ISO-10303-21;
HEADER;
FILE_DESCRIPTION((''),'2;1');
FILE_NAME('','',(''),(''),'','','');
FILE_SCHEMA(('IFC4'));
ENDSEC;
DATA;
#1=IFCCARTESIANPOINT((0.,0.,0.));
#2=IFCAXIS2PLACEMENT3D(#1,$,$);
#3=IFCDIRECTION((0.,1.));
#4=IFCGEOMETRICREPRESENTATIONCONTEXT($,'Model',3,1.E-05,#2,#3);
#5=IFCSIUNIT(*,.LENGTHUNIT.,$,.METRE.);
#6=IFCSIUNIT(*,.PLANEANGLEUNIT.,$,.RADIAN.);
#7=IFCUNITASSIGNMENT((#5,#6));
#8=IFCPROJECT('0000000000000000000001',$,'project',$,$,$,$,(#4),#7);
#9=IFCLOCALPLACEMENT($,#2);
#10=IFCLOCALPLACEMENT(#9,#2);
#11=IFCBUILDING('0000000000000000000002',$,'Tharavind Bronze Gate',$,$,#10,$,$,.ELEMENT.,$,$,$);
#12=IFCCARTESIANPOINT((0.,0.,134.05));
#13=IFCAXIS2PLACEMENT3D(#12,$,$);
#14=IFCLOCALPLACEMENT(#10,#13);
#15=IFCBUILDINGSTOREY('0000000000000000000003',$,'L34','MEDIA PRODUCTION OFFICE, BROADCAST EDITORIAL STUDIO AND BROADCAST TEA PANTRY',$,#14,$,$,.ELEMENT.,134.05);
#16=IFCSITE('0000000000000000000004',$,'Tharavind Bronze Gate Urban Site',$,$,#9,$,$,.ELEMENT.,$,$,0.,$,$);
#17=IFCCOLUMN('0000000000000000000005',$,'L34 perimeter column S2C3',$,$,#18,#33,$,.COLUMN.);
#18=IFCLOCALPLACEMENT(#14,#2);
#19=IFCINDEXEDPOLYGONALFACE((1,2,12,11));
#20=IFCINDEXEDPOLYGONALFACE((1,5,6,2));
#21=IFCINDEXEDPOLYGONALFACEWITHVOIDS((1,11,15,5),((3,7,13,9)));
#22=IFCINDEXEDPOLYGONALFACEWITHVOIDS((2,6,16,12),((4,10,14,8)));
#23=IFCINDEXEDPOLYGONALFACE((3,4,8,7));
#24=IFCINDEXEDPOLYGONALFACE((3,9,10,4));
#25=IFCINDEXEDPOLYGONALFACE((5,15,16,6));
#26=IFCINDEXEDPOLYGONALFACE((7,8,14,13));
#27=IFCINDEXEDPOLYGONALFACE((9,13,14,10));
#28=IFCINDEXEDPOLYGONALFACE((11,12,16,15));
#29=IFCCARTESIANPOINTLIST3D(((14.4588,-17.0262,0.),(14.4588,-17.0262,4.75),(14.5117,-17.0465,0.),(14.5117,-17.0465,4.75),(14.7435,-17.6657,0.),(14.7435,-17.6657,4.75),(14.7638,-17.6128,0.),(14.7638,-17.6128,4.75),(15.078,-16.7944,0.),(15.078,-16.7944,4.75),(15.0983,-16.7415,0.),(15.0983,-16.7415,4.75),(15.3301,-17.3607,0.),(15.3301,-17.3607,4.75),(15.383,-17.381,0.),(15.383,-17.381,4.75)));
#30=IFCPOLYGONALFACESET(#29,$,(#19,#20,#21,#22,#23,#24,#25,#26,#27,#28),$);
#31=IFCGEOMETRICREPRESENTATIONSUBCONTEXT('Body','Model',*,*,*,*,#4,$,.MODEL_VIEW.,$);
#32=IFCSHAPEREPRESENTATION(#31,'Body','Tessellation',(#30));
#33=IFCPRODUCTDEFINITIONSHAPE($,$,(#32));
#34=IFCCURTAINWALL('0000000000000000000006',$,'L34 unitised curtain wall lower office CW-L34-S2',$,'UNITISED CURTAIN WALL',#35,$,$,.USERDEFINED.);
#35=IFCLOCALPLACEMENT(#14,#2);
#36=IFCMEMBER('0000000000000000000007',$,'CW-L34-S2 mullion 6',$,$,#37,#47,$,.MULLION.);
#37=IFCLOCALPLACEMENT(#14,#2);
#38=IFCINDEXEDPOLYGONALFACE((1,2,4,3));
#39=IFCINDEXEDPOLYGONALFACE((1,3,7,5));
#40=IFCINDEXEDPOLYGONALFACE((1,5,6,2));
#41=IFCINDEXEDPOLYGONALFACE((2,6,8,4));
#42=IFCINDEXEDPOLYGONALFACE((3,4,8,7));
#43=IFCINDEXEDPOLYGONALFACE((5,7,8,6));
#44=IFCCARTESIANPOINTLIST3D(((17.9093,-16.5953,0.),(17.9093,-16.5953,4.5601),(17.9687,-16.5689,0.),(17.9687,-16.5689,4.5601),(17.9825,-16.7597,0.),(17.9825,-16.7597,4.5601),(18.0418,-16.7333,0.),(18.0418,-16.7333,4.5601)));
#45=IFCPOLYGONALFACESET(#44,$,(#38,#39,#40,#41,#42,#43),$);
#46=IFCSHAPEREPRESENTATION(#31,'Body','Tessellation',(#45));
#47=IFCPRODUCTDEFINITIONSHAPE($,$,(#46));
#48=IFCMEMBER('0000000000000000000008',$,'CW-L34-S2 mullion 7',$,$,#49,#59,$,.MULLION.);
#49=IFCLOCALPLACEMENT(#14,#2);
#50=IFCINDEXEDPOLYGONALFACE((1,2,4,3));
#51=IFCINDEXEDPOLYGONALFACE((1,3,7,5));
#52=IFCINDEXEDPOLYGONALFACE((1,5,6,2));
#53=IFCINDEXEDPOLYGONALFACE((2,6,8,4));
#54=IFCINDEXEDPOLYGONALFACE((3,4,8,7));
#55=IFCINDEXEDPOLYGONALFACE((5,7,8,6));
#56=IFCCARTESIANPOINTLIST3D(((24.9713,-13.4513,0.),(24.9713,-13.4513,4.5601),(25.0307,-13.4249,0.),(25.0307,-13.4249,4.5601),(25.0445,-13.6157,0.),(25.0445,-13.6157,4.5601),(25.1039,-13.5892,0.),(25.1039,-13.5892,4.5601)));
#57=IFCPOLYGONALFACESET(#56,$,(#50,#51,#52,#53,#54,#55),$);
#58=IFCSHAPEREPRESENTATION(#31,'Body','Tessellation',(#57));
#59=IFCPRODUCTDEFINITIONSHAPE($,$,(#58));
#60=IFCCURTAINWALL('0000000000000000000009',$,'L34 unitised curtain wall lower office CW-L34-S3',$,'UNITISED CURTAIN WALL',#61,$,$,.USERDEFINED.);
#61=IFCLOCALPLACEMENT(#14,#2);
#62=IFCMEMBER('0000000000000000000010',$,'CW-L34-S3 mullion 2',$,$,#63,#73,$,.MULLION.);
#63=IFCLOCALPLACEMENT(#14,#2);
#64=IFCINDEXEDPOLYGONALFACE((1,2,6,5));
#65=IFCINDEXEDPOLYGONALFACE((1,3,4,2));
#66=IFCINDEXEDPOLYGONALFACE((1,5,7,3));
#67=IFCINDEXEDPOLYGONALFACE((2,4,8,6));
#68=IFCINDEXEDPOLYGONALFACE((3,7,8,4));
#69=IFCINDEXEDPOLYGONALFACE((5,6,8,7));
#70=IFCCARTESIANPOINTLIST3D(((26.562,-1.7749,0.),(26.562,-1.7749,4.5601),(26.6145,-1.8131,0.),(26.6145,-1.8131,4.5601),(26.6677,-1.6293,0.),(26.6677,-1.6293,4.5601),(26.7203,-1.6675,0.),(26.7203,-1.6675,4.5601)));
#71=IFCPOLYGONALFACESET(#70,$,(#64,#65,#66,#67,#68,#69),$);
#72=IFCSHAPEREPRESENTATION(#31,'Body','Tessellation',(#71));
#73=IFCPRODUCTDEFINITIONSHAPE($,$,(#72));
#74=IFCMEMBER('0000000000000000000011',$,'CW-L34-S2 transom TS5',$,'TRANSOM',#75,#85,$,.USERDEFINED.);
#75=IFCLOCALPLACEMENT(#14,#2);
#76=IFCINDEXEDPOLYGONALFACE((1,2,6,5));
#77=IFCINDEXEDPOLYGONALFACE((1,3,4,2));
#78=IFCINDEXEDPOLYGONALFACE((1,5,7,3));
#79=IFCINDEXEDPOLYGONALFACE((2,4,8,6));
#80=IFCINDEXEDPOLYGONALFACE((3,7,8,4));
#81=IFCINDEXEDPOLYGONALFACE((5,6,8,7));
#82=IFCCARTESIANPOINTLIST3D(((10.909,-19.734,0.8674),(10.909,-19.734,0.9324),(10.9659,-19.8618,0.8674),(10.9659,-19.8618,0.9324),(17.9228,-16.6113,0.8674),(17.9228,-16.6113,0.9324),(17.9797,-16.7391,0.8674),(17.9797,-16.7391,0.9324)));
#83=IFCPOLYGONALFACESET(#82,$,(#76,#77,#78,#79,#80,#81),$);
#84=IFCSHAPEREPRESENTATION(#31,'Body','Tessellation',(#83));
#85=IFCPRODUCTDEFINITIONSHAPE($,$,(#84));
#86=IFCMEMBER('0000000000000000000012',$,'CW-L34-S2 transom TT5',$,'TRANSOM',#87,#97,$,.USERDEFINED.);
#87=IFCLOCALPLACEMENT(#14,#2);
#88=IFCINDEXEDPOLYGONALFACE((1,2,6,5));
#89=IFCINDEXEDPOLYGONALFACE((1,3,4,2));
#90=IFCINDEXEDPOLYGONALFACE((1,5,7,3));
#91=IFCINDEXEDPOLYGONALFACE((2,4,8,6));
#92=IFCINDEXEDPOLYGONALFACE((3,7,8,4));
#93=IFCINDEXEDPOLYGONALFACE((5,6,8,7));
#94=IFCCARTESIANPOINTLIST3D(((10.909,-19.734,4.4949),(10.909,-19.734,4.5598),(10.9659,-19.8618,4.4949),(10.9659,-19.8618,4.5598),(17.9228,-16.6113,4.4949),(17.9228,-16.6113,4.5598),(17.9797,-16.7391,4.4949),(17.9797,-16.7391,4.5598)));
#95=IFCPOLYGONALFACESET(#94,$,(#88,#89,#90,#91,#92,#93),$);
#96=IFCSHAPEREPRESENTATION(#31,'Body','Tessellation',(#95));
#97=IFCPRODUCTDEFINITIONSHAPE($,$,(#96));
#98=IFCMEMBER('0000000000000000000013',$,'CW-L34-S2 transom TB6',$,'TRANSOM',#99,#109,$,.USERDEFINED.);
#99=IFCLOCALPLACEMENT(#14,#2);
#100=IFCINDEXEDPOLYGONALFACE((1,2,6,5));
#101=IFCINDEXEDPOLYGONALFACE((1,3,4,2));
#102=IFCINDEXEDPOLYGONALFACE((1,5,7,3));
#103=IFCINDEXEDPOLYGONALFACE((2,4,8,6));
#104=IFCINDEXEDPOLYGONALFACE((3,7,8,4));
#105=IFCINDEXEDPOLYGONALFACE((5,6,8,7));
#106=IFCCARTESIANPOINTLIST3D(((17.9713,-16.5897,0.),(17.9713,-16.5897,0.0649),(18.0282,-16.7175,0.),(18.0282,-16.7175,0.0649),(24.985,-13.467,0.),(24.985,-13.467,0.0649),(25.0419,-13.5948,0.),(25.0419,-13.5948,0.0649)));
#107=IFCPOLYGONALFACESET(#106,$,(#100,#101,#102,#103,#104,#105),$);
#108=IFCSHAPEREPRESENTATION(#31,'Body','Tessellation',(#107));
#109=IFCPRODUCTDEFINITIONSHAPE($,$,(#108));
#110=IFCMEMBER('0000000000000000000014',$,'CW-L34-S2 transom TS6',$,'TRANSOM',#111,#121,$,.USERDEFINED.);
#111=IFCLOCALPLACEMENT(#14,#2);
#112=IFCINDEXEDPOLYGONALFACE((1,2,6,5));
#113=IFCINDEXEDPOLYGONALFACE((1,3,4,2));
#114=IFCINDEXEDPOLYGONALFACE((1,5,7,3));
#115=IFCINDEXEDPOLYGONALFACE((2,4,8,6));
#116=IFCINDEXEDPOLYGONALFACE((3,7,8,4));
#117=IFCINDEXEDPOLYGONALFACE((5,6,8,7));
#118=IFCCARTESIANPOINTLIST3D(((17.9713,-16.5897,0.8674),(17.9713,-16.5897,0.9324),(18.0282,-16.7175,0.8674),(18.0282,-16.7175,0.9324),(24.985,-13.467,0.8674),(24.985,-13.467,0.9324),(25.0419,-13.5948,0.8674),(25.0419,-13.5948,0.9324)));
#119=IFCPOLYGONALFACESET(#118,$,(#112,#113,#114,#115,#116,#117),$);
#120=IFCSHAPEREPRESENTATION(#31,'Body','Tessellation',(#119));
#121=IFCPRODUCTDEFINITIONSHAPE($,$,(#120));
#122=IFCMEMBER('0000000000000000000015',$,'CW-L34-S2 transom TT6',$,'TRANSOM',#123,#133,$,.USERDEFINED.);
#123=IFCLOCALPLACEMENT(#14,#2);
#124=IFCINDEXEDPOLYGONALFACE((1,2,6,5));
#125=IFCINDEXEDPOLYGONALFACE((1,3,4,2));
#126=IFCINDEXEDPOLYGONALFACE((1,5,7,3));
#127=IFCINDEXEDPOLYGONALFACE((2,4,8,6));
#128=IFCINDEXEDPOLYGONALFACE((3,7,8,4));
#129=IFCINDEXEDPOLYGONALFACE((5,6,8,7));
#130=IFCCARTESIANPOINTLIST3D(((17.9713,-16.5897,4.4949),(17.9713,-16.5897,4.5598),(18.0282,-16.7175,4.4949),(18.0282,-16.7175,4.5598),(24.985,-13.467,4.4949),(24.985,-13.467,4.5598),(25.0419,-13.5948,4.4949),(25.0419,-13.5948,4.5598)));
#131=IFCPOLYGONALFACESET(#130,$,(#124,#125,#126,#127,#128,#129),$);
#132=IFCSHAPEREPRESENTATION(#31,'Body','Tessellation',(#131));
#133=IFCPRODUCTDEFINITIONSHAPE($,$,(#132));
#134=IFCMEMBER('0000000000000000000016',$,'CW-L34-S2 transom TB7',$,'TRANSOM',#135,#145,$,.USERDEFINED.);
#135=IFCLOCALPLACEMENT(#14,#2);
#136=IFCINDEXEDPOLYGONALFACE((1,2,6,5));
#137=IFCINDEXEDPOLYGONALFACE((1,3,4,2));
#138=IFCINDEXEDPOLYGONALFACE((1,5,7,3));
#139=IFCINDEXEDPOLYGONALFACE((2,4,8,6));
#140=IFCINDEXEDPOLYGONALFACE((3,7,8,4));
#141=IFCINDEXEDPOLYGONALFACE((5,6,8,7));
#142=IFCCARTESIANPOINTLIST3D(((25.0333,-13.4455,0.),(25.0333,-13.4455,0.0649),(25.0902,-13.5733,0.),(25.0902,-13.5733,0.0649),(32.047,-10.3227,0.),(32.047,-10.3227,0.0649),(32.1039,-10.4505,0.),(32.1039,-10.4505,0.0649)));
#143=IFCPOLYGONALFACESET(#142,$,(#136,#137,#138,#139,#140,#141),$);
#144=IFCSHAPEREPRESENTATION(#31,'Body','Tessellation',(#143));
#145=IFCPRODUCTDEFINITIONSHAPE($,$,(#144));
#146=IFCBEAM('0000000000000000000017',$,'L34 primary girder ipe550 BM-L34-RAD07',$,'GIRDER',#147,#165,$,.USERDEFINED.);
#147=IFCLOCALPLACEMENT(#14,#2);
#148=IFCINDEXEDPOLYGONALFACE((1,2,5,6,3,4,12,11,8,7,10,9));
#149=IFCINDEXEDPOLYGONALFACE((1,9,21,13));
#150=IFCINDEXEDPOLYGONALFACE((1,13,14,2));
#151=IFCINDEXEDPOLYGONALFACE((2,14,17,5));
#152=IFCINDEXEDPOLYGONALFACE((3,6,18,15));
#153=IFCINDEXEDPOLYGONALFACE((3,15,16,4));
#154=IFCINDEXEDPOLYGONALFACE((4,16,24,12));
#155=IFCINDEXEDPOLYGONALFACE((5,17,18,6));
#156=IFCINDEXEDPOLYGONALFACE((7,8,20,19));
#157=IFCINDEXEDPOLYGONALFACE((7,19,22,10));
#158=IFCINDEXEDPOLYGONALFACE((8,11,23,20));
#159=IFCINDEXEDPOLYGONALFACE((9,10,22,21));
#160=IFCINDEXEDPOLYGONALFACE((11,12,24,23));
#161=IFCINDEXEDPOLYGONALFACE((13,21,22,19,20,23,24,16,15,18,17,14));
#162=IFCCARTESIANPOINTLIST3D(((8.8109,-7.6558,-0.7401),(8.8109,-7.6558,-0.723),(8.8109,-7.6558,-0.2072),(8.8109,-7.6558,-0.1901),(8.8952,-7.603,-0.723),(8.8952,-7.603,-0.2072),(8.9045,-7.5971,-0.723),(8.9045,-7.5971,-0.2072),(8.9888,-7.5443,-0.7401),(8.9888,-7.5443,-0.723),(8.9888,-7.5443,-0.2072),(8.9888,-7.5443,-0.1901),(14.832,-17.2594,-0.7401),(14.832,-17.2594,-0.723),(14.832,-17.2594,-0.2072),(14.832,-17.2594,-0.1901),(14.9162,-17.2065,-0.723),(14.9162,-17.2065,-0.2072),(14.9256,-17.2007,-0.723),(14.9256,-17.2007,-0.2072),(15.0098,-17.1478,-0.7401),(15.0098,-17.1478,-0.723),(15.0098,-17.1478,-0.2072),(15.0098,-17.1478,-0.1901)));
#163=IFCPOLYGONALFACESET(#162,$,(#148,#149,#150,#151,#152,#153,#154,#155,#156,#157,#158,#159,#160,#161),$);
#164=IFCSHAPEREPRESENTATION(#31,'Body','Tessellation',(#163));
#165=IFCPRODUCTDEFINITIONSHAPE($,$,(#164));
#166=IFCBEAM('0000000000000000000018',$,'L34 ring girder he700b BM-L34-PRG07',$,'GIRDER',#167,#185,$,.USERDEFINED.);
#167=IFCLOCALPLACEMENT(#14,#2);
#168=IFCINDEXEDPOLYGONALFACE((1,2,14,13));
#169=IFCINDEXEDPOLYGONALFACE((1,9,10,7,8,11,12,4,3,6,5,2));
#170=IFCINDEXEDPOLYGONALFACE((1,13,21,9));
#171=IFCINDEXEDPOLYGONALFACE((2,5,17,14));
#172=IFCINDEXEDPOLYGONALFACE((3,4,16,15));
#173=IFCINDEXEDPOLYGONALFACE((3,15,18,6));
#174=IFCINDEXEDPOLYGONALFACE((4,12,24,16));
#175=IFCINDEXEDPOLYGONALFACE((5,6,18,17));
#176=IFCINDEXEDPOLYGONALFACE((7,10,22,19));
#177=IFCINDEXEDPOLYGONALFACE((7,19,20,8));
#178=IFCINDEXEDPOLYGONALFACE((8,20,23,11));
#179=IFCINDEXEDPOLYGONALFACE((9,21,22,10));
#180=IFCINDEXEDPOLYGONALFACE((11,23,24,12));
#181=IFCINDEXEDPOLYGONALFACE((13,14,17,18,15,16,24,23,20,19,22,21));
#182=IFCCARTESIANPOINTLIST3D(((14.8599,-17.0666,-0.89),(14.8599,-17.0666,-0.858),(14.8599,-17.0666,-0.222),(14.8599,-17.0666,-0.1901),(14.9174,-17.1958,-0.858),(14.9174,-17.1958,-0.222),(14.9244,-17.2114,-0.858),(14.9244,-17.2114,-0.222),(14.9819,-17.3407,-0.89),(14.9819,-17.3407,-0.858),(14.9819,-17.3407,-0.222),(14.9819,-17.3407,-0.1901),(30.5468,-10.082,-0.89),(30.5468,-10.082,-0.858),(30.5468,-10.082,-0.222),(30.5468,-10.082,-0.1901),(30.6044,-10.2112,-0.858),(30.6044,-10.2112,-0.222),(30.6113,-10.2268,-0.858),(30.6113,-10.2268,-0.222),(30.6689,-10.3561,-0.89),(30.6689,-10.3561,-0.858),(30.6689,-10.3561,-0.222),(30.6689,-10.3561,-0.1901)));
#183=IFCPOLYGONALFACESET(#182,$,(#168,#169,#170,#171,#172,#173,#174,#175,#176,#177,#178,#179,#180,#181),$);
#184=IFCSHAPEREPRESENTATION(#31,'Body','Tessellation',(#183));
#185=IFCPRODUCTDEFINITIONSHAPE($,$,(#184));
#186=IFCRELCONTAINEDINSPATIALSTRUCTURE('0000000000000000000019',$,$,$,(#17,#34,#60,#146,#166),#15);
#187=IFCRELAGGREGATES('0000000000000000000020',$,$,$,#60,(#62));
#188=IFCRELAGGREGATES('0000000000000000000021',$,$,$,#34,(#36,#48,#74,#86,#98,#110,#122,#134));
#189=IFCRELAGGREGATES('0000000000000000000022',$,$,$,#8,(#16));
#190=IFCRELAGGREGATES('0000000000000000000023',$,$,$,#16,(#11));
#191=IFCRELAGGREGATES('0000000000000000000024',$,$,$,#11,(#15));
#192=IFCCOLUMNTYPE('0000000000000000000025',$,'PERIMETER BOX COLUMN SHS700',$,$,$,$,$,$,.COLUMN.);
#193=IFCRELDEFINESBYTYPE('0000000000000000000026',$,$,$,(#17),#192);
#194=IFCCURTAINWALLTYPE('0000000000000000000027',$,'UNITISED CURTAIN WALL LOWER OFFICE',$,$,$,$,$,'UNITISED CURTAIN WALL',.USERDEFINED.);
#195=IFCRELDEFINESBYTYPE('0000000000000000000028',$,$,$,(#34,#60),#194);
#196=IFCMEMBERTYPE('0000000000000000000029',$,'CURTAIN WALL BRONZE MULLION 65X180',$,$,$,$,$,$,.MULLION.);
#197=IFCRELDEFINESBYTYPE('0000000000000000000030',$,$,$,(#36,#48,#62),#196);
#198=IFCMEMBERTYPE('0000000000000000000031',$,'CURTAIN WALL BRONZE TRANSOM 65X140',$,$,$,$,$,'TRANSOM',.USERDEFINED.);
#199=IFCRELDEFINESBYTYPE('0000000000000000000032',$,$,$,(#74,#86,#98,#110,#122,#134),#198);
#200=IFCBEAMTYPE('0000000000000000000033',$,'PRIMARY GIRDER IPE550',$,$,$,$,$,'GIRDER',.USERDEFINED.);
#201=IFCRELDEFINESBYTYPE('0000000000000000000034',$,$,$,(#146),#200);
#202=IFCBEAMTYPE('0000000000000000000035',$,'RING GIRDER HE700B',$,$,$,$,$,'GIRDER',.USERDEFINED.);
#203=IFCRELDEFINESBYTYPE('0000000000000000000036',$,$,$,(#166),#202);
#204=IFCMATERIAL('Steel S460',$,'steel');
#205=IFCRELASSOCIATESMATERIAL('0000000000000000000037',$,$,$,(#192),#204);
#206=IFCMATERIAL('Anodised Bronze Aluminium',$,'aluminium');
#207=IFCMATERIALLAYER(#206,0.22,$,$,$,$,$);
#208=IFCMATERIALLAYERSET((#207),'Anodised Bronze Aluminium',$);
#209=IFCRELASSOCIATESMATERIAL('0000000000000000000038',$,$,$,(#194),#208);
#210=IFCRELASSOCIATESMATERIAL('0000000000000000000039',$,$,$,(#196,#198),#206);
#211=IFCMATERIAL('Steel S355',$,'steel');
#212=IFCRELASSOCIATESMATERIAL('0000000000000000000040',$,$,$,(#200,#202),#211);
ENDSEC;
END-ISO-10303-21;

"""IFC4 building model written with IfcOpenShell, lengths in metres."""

from ifc_helpers import new_model, si_unit, direction, frame, origin, origin_2d, place, context, subcontext, project, spatial, rectangle, hollow_rectangle, i_section, extrude, material, layer, layer_set, material_profile, profile_set, type_object, element, aggregate, save


model = new_model("IFC4")

# Units and contexts
model_context = context("Model", 3, precision=1e-05, world=origin(), true_north=direction((0.0, 1.0)))
body_context = subcontext(model_context, "Body", "Model", "MODEL_VIEW")
ifc_project = project(units=[si_unit("LENGTHUNIT", "METRE"), si_unit("PLANEANGLEUNIT", "RADIAN")], contexts=[model_context])

# Site, building, storey
site_placement = place(None, origin())
site = spatial("IfcSite", under=ifc_project, at=site_placement, Name="Tharavind Bronze Gate Urban Site", CompositionType="ELEMENT", RefElevation=0.0)
building_placement = place(site_placement, origin())
building = spatial("IfcBuilding", under=site, at=building_placement, Name="Tharavind Bronze Gate", CompositionType="ELEMENT")
storey_placement = place(building_placement, frame((0.0, 0.0, 134.05)))
storey = spatial("IfcBuildingStorey", under=building, at=storey_placement, Name="L34", Description="MEDIA PRODUCTION OFFICE, BROADCAST EDITORIAL STUDIO AND BROADCAST TEA PANTRY", CompositionType="ELEMENT", Elevation=134.05)

# Column
ifc_material_1 = material(Name="Steel S460", Category="steel")
ifc_material_profile_1 = material_profile(ifc_material_1, hollow_rectangle(XDim=0.7, YDim=0.7, WallThickness=0.04, at=origin_2d()), Name="SHS700X40")
ifc_profile_set_1 = profile_set([ifc_material_profile_1], Name="Steel S460")
column_type = type_object("IfcColumnType", Name="PERIMETER BOX COLUMN SHS700", PredefinedType="COLUMN", material=ifc_profile_set_1)
column_placement = place(storey_placement, frame((14.9209, -17.2036, 0.0), z_axis=(0.0, 0.0, 1.0), x_axis=(0.913545, 0.406737, 0.0)))
element("IfcColumn", 1, at=column_placement, inside=storey, type_object=column_type, Name="L34 perimeter column S2C3", PredefinedType="COLUMN", context=body_context, shape_type="SweptSolid", body=[
    extrude(hollow_rectangle(XDim=0.7, YDim=0.7, WallThickness=0.04, at=origin_2d()), origin(), (0.0, 0.0, 1.0), 4.75),
])

# Curtain wall, members
ifc_material_2 = material(Name="Anodised Bronze Aluminium", Category="aluminium")
ifc_layer_1 = layer(ifc_material_2, 0.22)
ifc_layer_set_1 = layer_set([ifc_layer_1], Name="Anodised Bronze Aluminium")
curtain_wall_type = type_object("IfcCurtainWallType", Name="UNITISED CURTAIN WALL LOWER OFFICE", ElementType="UNITISED CURTAIN WALL", PredefinedType="USERDEFINED", material=ifc_layer_set_1)
curtain_wall_1_placement = place(storey_placement, origin())
curtain_wall_1 = element("IfcCurtainWall", 2, at=curtain_wall_1_placement, inside=storey, type_object=curtain_wall_type, Name="L34 unitised curtain wall lower office CW-L34-S2", ObjectType="UNITISED CURTAIN WALL", PredefinedType="USERDEFINED")
member_type_1 = type_object("IfcMemberType", Name="CURTAIN WALL BRONZE MULLION 65X180", PredefinedType="MULLION", material=ifc_material_2)
member_1_placement = place(storey_placement, frame((17.9756, -16.6643, 0.0), z_axis=(0.0, 0.0, 1.0), x_axis=(0.913545, 0.406737, 0.0)))
member_1 = element("IfcMember", 3, at=member_1_placement, type_object=member_type_1, Name="CW-L34-S2 mullion 6", PredefinedType="MULLION", context=body_context, shape_type="SweptSolid", body=[
    extrude(rectangle(XDim=0.0649, YDim=0.1799, at=origin_2d()), origin(), (0.0, 0.0, 1.0), 4.5601),
])
member_2_placement = place(storey_placement, frame((25.0376, -13.5203, 0.0), z_axis=(0.0, 0.0, 1.0), x_axis=(0.913545, 0.406737, 0.0)))
member_2 = element("IfcMember", 4, at=member_2_placement, type_object=member_type_1, Name="CW-L34-S2 mullion 7", PredefinedType="MULLION", context=body_context, shape_type="SweptSolid", body=[
    extrude(rectangle(XDim=0.0649, YDim=0.1799, at=origin_2d()), origin(), (0.0, 0.0, 1.0), 4.5601),
])

# Curtain wall, member
curtain_wall_2_placement = place(storey_placement, origin())
curtain_wall_2 = element("IfcCurtainWall", 5, at=curtain_wall_2_placement, inside=storey, type_object=curtain_wall_type, Name="L34 unitised curtain wall lower office CW-L34-S3", ObjectType="UNITISED CURTAIN WALL", PredefinedType="USERDEFINED")
member_3_placement = place(storey_placement, frame((26.6411, -1.7212, 0.0), z_axis=(0.0, 0.0, 1.0), x_axis=(-0.809017, 0.587785, 0.0)))
member_3 = element("IfcMember", 6, at=member_3_placement, type_object=member_type_1, Name="CW-L34-S3 mullion 2", PredefinedType="MULLION", context=body_context, shape_type="SweptSolid", body=[
    extrude(rectangle(XDim=0.0649, YDim=0.1799, at=origin_2d()), origin(), (0.0, 0.0, 1.0), 4.5601),
])
aggregate(curtain_wall_2, [member_3])

# Members
member_type_2 = type_object("IfcMemberType", Name="CURTAIN WALL BRONZE TRANSOM 65X140", ElementType="TRANSOM", PredefinedType="USERDEFINED", material=ifc_material_2)
member_4_placement = place(storey_placement, frame((14.4443, -18.2366, 0.8674), z_axis=(0.0, 0.0, 1.0), x_axis=(0.913545, 0.406737, 0.0)))
member_4 = element("IfcMember", 7, at=member_4_placement, type_object=member_type_2, Name="CW-L34-S2 transom TS5", ObjectType="TRANSOM", PredefinedType="USERDEFINED", context=body_context, shape_type="SweptSolid", body=[
    extrude(rectangle(XDim=7.6775, YDim=0.1399, at=origin_2d()), origin(), (0.0, 0.0, 1.0), 0.0649),
])
member_5_placement = place(storey_placement, frame((14.4443, -18.2366, 4.4949), z_axis=(0.0, 0.0, 1.0), x_axis=(0.913545, 0.406737, 0.0)))
member_5 = element("IfcMember", 8, at=member_5_placement, type_object=member_type_2, Name="CW-L34-S2 transom TT5", ObjectType="TRANSOM", PredefinedType="USERDEFINED", context=body_context, shape_type="SweptSolid", body=[
    extrude(rectangle(XDim=7.6775, YDim=0.1399, at=origin_2d()), origin(), (0.0, 0.0, 1.0), 0.0649),
])
member_6_placement = place(storey_placement, frame((21.5066, -15.0923, 0.0), z_axis=(0.0, 0.0, 1.0), x_axis=(0.913545, 0.406737, 0.0)))
member_6 = element("IfcMember", 9, at=member_6_placement, type_object=member_type_2, Name="CW-L34-S2 transom TB6", ObjectType="TRANSOM", PredefinedType="USERDEFINED", context=body_context, shape_type="SweptSolid", body=[
    extrude(rectangle(XDim=7.6775, YDim=0.1399, at=origin_2d()), origin(), (0.0, 0.0, 1.0), 0.0649),
])
member_7_placement = place(storey_placement, frame((21.5066, -15.0923, 0.8674), z_axis=(0.0, 0.0, 1.0), x_axis=(0.913545, 0.406737, 0.0)))
member_7 = element("IfcMember", 10, at=member_7_placement, type_object=member_type_2, Name="CW-L34-S2 transom TS6", ObjectType="TRANSOM", PredefinedType="USERDEFINED", context=body_context, shape_type="SweptSolid", body=[
    extrude(rectangle(XDim=7.6775, YDim=0.1399, at=origin_2d()), origin(), (0.0, 0.0, 1.0), 0.0649),
])
member_8_placement = place(storey_placement, frame((21.5066, -15.0923, 4.4949), z_axis=(0.0, 0.0, 1.0), x_axis=(0.913545, 0.406737, 0.0)))
member_8 = element("IfcMember", 11, at=member_8_placement, type_object=member_type_2, Name="CW-L34-S2 transom TT6", ObjectType="TRANSOM", PredefinedType="USERDEFINED", context=body_context, shape_type="SweptSolid", body=[
    extrude(rectangle(XDim=7.6775, YDim=0.1399, at=origin_2d()), origin(), (0.0, 0.0, 1.0), 0.0649),
])
member_9_placement = place(storey_placement, frame((28.5686, -11.948, 0.0), z_axis=(0.0, 0.0, 1.0), x_axis=(0.913545, 0.406737, 0.0)))
member_9 = element("IfcMember", 12, at=member_9_placement, type_object=member_type_2, Name="CW-L34-S2 transom TB7", ObjectType="TRANSOM", PredefinedType="USERDEFINED", context=body_context, shape_type="SweptSolid", body=[
    extrude(rectangle(XDim=7.6775, YDim=0.1399, at=origin_2d()), origin(), (0.0, 0.0, 1.0), 0.0649),
])

# Beams
ifc_material_3 = material(Name="Steel S355", Category="steel")
ifc_material_profile_2 = material_profile(ifc_material_3, i_section(OverallWidth=0.21, OverallDepth=0.55, WebThickness=0.011, FlangeThickness=0.0171, at=origin_2d()), Name="IPE550")
ifc_profile_set_2 = profile_set([ifc_material_profile_2], Name="Steel S355")
beam_type_1 = type_object("IfcBeamType", Name="PRIMARY GIRDER IPE550", ElementType="GIRDER", PredefinedType="USERDEFINED", material=ifc_profile_set_2)
beam_1_placement = place(storey_placement, frame((14.9209, -17.2036, -0.4651), z_axis=(-0.531191, 0.847252, 0.0), x_axis=(-0.847252, -0.531191, 0.0)))
element("IfcBeam", 13, at=beam_1_placement, inside=storey, type_object=beam_type_1, Name="L34 primary girder ipe550 BM-L34-RAD07", ObjectType="GIRDER", PredefinedType="USERDEFINED", context=body_context, shape_type="SweptSolid", body=[
    extrude(i_section(OverallWidth=0.21, OverallDepth=0.55, WebThickness=0.011, FlangeThickness=0.0171, at=origin_2d()), origin(), (0.0, 0.0, 1.0), 11.335),
])
ifc_material_profile_3 = material_profile(ifc_material_3, i_section(OverallWidth=0.3, OverallDepth=0.7, WebThickness=0.0171, FlangeThickness=0.032, at=origin_2d()), Name="HE700B")
ifc_profile_set_3 = profile_set([ifc_material_profile_3], Name="Steel S355")
beam_type_2 = type_object("IfcBeamType", Name="RING GIRDER HE700B", ElementType="GIRDER", PredefinedType="USERDEFINED", material=ifc_profile_set_3)
beam_2_placement = place(storey_placement, frame((14.9209, -17.2036, -0.54), z_axis=(0.913539, 0.406752, 0.0), x_axis=(-0.406752, 0.913539, 0.0)))
element("IfcBeam", 14, at=beam_2_placement, inside=storey, type_object=beam_type_2, Name="L34 ring girder he700b BM-L34-PRG07", ObjectType="GIRDER", PredefinedType="USERDEFINED", context=body_context, shape_type="SweptSolid", body=[
    extrude(i_section(OverallWidth=0.3, OverallDepth=0.7, WebThickness=0.0171, FlangeThickness=0.032, at=origin_2d()), origin(), (0.0, 0.0, 1.0), 17.1716),
])

aggregate(curtain_wall_1, [member_1, member_2, member_4, member_5, member_6, member_7, member_8, member_9])

save(model, "model.ifc")
